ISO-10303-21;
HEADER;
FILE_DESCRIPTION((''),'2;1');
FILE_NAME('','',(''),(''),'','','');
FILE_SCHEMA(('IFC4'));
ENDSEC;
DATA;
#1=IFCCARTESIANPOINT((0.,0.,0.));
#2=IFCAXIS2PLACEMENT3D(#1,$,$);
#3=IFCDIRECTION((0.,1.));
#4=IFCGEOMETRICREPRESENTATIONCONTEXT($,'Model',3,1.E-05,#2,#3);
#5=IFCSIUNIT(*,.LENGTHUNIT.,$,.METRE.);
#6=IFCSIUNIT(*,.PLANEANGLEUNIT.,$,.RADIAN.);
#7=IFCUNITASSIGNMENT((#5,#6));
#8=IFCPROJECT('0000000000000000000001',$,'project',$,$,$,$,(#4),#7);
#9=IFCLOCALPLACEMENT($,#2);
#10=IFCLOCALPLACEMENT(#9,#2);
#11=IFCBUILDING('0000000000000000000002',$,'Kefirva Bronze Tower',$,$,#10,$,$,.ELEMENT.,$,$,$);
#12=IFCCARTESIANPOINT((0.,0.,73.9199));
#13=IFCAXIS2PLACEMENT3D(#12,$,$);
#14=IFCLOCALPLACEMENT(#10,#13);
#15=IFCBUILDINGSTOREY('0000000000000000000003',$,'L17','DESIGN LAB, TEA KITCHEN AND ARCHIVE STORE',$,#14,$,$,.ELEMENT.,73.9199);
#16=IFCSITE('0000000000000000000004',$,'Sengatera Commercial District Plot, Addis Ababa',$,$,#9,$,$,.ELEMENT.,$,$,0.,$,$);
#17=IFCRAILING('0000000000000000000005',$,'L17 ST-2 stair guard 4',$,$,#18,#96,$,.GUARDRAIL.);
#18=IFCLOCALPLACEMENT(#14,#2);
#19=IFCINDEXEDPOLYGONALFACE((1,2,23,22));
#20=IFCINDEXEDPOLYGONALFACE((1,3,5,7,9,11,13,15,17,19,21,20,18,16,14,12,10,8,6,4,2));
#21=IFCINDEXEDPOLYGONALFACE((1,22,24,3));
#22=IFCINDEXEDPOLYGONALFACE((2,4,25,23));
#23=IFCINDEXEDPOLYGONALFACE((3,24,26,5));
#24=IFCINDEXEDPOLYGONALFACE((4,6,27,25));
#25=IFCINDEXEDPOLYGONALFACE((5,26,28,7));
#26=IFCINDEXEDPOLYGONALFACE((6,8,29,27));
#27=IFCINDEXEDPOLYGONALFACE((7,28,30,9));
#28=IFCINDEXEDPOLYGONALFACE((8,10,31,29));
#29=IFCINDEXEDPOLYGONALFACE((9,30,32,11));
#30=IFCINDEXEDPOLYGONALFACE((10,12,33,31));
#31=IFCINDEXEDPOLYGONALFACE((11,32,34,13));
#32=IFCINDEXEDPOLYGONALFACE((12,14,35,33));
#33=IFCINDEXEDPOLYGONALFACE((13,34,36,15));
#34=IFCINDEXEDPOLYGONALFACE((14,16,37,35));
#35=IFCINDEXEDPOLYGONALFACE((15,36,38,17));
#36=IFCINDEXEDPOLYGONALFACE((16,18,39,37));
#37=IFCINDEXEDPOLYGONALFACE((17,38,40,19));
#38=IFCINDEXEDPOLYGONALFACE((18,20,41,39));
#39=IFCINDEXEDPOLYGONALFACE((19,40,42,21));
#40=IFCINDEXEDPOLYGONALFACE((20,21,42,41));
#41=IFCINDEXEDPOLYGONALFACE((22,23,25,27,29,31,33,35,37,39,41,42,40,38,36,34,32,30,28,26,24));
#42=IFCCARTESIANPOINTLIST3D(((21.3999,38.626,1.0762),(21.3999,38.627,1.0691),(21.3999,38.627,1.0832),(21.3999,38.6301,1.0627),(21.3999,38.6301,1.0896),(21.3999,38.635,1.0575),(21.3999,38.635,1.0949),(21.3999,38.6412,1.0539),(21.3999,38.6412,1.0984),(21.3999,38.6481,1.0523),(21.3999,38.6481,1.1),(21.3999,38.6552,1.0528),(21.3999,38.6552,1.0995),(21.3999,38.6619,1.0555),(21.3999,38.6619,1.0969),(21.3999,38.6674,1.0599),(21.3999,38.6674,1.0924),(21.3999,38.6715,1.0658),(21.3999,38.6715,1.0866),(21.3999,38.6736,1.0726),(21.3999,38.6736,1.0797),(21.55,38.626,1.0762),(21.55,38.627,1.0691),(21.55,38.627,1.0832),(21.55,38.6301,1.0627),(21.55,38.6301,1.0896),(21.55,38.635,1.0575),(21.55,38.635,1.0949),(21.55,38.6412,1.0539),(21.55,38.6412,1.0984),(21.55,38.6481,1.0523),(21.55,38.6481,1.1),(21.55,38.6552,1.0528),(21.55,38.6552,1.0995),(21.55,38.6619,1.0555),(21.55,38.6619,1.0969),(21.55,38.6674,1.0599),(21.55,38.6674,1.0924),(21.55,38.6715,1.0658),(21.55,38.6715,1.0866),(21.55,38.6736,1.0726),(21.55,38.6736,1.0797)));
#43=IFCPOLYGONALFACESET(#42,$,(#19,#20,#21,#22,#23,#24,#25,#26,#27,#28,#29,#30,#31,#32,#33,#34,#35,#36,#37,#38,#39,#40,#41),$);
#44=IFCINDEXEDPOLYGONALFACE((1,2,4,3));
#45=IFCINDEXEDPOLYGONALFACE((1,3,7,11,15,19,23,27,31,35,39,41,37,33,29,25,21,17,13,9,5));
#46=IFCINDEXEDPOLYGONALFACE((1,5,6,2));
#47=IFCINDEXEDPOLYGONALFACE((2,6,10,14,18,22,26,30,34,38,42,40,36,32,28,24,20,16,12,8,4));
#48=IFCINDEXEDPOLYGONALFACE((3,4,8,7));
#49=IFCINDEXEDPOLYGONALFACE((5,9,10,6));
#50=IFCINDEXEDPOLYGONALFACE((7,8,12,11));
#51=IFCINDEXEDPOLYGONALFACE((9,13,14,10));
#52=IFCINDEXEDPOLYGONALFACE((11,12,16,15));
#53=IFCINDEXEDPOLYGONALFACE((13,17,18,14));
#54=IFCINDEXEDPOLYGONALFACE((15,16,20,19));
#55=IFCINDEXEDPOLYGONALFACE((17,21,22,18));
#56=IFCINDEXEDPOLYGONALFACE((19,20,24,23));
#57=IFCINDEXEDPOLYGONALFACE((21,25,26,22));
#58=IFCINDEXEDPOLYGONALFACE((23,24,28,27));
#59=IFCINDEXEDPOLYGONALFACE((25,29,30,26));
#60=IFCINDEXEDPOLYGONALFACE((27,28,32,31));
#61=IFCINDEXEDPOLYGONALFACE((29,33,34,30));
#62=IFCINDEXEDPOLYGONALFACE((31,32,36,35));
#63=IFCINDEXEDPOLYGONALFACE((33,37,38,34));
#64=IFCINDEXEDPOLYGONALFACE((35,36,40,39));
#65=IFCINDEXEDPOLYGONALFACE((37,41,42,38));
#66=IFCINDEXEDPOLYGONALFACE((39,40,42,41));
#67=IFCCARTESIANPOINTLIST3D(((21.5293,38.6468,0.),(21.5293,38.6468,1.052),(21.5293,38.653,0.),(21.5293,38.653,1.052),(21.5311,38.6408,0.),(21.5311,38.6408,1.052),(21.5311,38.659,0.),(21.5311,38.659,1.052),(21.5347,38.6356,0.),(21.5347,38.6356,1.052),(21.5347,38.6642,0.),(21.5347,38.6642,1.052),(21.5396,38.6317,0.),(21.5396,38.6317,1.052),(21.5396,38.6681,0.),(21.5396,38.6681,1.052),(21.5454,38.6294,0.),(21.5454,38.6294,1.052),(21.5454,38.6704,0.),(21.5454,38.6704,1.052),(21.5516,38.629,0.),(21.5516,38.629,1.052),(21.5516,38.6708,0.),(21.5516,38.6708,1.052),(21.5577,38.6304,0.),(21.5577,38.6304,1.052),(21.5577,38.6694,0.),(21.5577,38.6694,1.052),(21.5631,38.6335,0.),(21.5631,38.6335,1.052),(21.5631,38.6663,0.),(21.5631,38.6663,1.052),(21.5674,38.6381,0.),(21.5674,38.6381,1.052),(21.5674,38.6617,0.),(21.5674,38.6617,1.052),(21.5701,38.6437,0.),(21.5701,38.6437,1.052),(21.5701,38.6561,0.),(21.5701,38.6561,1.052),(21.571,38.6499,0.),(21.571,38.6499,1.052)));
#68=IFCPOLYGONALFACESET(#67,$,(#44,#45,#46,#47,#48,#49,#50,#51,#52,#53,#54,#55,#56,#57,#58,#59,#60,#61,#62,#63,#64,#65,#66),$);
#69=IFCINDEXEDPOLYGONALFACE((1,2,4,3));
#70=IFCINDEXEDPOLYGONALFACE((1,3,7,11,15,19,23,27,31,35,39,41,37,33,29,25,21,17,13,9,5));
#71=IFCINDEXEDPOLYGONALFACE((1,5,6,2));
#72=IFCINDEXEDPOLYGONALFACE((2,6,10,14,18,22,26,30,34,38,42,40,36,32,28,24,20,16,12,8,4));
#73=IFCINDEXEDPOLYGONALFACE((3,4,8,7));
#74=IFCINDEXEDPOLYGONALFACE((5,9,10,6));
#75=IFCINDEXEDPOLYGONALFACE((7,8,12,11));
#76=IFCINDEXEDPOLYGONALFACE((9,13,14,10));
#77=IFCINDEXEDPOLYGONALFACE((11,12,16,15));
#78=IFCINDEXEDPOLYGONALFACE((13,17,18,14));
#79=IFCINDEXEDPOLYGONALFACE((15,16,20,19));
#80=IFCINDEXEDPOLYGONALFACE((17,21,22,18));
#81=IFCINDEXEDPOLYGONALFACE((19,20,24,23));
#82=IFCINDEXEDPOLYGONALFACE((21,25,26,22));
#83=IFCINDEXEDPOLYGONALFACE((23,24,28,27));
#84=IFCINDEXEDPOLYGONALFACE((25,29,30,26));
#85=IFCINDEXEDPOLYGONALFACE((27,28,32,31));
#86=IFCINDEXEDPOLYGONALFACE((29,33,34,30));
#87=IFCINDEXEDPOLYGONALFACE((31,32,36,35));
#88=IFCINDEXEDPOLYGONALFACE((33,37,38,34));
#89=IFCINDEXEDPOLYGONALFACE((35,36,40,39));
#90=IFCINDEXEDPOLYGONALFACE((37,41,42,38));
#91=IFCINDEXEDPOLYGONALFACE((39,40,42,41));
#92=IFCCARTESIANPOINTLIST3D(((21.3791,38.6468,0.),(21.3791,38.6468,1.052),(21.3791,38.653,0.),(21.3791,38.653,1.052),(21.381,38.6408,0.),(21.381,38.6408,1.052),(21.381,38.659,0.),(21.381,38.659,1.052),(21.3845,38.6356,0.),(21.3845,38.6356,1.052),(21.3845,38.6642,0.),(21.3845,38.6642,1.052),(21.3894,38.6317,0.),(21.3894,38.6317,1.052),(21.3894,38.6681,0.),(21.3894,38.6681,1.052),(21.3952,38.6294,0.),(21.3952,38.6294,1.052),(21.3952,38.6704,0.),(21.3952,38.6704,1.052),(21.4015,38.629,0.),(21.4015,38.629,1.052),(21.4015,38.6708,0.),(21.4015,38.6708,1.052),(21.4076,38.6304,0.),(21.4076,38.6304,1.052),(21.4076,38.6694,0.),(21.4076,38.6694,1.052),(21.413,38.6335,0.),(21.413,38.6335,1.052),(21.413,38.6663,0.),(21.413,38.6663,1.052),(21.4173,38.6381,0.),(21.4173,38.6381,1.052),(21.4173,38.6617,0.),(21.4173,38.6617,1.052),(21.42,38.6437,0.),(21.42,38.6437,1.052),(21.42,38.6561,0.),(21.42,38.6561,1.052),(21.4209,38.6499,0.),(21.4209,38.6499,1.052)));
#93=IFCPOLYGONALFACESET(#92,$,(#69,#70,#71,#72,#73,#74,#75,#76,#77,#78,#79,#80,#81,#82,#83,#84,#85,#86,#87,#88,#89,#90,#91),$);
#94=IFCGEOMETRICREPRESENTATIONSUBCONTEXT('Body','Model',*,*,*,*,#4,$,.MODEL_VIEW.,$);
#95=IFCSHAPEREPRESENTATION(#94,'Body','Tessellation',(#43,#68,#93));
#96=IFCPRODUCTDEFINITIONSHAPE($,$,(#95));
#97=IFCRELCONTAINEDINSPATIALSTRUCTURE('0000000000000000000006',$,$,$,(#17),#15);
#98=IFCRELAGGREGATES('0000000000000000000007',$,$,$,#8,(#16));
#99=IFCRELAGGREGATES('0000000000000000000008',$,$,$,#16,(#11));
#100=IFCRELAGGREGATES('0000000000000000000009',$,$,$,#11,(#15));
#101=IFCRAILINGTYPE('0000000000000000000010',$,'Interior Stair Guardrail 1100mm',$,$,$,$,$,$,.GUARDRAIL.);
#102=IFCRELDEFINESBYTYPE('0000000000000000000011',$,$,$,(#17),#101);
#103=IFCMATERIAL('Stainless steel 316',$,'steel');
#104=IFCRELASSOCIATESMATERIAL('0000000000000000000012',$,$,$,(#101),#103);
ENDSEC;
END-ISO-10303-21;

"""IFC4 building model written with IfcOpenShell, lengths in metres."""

from ifc_helpers import new_model, si_unit, direction, frame, origin, origin_2d, place, context, subcontext, project, spatial, circle, extrude, material, type_object, element, save


model = new_model("IFC4")

# Units and contexts
model_context = context("Model", 3, precision=1e-05, world=origin(), true_north=direction((0.0, 1.0)))
body_context = subcontext(model_context, "Body", "Model", "MODEL_VIEW")
ifc_project = project(units=[si_unit("LENGTHUNIT", "METRE"), si_unit("PLANEANGLEUNIT", "RADIAN")], contexts=[model_context])

# Site, building, storey
site_placement = place(None, origin())
site = spatial("IfcSite", under=ifc_project, at=site_placement, Name="Sengatera Commercial District Plot, Addis Ababa", CompositionType="ELEMENT", RefElevation=0.0)
building_placement = place(site_placement, origin())
building = spatial("IfcBuilding", under=site, at=building_placement, Name="Kefirva Bronze Tower", CompositionType="ELEMENT")
storey_placement = place(building_placement, frame((0.0, 0.0, 73.9199)))
storey = spatial("IfcBuildingStorey", under=building, at=storey_placement, Name="L17", Description="DESIGN LAB, TEA KITCHEN AND ARCHIVE STORE", CompositionType="ELEMENT", Elevation=73.9199)

# Railing
ifc_material_1 = material(Name="Stainless steel 316", Category="steel")
railing_type_1 = type_object("IfcRailingType", Name="Interior Stair Guardrail 1100mm", PredefinedType="GUARDRAIL", material=ifc_material_1)
railing_1_placement = place(storey_placement, frame((21.55, 38.6499, 0.0)))
element("IfcRailing", 1, at=railing_1_placement, inside=storey, type_object=railing_type_1, Name="L17 ST-2 stair guard 4", PredefinedType="GUARDRAIL", context=body_context, shape_type="SweptSolid", body=[
    extrude(circle(Radius=0.0239, at=origin_2d()), frame((0.0, 0.0, 1.0762), z_axis=(-1.0, 0.0, 0.0), x_axis=(0.0, -1.0, 0.0)), (0.0, 0.0, 1.0), 0.1501),
    extrude(circle(Radius=0.021, at=origin_2d()), origin(), (0.0, 0.0, 1.0), 1.052),
    extrude(circle(Radius=0.021, at=origin_2d()), frame((-0.1501, 0.0, 0.0)), (0.0, 0.0, 1.0), 1.052),
])

save(model, "model.ifc")
